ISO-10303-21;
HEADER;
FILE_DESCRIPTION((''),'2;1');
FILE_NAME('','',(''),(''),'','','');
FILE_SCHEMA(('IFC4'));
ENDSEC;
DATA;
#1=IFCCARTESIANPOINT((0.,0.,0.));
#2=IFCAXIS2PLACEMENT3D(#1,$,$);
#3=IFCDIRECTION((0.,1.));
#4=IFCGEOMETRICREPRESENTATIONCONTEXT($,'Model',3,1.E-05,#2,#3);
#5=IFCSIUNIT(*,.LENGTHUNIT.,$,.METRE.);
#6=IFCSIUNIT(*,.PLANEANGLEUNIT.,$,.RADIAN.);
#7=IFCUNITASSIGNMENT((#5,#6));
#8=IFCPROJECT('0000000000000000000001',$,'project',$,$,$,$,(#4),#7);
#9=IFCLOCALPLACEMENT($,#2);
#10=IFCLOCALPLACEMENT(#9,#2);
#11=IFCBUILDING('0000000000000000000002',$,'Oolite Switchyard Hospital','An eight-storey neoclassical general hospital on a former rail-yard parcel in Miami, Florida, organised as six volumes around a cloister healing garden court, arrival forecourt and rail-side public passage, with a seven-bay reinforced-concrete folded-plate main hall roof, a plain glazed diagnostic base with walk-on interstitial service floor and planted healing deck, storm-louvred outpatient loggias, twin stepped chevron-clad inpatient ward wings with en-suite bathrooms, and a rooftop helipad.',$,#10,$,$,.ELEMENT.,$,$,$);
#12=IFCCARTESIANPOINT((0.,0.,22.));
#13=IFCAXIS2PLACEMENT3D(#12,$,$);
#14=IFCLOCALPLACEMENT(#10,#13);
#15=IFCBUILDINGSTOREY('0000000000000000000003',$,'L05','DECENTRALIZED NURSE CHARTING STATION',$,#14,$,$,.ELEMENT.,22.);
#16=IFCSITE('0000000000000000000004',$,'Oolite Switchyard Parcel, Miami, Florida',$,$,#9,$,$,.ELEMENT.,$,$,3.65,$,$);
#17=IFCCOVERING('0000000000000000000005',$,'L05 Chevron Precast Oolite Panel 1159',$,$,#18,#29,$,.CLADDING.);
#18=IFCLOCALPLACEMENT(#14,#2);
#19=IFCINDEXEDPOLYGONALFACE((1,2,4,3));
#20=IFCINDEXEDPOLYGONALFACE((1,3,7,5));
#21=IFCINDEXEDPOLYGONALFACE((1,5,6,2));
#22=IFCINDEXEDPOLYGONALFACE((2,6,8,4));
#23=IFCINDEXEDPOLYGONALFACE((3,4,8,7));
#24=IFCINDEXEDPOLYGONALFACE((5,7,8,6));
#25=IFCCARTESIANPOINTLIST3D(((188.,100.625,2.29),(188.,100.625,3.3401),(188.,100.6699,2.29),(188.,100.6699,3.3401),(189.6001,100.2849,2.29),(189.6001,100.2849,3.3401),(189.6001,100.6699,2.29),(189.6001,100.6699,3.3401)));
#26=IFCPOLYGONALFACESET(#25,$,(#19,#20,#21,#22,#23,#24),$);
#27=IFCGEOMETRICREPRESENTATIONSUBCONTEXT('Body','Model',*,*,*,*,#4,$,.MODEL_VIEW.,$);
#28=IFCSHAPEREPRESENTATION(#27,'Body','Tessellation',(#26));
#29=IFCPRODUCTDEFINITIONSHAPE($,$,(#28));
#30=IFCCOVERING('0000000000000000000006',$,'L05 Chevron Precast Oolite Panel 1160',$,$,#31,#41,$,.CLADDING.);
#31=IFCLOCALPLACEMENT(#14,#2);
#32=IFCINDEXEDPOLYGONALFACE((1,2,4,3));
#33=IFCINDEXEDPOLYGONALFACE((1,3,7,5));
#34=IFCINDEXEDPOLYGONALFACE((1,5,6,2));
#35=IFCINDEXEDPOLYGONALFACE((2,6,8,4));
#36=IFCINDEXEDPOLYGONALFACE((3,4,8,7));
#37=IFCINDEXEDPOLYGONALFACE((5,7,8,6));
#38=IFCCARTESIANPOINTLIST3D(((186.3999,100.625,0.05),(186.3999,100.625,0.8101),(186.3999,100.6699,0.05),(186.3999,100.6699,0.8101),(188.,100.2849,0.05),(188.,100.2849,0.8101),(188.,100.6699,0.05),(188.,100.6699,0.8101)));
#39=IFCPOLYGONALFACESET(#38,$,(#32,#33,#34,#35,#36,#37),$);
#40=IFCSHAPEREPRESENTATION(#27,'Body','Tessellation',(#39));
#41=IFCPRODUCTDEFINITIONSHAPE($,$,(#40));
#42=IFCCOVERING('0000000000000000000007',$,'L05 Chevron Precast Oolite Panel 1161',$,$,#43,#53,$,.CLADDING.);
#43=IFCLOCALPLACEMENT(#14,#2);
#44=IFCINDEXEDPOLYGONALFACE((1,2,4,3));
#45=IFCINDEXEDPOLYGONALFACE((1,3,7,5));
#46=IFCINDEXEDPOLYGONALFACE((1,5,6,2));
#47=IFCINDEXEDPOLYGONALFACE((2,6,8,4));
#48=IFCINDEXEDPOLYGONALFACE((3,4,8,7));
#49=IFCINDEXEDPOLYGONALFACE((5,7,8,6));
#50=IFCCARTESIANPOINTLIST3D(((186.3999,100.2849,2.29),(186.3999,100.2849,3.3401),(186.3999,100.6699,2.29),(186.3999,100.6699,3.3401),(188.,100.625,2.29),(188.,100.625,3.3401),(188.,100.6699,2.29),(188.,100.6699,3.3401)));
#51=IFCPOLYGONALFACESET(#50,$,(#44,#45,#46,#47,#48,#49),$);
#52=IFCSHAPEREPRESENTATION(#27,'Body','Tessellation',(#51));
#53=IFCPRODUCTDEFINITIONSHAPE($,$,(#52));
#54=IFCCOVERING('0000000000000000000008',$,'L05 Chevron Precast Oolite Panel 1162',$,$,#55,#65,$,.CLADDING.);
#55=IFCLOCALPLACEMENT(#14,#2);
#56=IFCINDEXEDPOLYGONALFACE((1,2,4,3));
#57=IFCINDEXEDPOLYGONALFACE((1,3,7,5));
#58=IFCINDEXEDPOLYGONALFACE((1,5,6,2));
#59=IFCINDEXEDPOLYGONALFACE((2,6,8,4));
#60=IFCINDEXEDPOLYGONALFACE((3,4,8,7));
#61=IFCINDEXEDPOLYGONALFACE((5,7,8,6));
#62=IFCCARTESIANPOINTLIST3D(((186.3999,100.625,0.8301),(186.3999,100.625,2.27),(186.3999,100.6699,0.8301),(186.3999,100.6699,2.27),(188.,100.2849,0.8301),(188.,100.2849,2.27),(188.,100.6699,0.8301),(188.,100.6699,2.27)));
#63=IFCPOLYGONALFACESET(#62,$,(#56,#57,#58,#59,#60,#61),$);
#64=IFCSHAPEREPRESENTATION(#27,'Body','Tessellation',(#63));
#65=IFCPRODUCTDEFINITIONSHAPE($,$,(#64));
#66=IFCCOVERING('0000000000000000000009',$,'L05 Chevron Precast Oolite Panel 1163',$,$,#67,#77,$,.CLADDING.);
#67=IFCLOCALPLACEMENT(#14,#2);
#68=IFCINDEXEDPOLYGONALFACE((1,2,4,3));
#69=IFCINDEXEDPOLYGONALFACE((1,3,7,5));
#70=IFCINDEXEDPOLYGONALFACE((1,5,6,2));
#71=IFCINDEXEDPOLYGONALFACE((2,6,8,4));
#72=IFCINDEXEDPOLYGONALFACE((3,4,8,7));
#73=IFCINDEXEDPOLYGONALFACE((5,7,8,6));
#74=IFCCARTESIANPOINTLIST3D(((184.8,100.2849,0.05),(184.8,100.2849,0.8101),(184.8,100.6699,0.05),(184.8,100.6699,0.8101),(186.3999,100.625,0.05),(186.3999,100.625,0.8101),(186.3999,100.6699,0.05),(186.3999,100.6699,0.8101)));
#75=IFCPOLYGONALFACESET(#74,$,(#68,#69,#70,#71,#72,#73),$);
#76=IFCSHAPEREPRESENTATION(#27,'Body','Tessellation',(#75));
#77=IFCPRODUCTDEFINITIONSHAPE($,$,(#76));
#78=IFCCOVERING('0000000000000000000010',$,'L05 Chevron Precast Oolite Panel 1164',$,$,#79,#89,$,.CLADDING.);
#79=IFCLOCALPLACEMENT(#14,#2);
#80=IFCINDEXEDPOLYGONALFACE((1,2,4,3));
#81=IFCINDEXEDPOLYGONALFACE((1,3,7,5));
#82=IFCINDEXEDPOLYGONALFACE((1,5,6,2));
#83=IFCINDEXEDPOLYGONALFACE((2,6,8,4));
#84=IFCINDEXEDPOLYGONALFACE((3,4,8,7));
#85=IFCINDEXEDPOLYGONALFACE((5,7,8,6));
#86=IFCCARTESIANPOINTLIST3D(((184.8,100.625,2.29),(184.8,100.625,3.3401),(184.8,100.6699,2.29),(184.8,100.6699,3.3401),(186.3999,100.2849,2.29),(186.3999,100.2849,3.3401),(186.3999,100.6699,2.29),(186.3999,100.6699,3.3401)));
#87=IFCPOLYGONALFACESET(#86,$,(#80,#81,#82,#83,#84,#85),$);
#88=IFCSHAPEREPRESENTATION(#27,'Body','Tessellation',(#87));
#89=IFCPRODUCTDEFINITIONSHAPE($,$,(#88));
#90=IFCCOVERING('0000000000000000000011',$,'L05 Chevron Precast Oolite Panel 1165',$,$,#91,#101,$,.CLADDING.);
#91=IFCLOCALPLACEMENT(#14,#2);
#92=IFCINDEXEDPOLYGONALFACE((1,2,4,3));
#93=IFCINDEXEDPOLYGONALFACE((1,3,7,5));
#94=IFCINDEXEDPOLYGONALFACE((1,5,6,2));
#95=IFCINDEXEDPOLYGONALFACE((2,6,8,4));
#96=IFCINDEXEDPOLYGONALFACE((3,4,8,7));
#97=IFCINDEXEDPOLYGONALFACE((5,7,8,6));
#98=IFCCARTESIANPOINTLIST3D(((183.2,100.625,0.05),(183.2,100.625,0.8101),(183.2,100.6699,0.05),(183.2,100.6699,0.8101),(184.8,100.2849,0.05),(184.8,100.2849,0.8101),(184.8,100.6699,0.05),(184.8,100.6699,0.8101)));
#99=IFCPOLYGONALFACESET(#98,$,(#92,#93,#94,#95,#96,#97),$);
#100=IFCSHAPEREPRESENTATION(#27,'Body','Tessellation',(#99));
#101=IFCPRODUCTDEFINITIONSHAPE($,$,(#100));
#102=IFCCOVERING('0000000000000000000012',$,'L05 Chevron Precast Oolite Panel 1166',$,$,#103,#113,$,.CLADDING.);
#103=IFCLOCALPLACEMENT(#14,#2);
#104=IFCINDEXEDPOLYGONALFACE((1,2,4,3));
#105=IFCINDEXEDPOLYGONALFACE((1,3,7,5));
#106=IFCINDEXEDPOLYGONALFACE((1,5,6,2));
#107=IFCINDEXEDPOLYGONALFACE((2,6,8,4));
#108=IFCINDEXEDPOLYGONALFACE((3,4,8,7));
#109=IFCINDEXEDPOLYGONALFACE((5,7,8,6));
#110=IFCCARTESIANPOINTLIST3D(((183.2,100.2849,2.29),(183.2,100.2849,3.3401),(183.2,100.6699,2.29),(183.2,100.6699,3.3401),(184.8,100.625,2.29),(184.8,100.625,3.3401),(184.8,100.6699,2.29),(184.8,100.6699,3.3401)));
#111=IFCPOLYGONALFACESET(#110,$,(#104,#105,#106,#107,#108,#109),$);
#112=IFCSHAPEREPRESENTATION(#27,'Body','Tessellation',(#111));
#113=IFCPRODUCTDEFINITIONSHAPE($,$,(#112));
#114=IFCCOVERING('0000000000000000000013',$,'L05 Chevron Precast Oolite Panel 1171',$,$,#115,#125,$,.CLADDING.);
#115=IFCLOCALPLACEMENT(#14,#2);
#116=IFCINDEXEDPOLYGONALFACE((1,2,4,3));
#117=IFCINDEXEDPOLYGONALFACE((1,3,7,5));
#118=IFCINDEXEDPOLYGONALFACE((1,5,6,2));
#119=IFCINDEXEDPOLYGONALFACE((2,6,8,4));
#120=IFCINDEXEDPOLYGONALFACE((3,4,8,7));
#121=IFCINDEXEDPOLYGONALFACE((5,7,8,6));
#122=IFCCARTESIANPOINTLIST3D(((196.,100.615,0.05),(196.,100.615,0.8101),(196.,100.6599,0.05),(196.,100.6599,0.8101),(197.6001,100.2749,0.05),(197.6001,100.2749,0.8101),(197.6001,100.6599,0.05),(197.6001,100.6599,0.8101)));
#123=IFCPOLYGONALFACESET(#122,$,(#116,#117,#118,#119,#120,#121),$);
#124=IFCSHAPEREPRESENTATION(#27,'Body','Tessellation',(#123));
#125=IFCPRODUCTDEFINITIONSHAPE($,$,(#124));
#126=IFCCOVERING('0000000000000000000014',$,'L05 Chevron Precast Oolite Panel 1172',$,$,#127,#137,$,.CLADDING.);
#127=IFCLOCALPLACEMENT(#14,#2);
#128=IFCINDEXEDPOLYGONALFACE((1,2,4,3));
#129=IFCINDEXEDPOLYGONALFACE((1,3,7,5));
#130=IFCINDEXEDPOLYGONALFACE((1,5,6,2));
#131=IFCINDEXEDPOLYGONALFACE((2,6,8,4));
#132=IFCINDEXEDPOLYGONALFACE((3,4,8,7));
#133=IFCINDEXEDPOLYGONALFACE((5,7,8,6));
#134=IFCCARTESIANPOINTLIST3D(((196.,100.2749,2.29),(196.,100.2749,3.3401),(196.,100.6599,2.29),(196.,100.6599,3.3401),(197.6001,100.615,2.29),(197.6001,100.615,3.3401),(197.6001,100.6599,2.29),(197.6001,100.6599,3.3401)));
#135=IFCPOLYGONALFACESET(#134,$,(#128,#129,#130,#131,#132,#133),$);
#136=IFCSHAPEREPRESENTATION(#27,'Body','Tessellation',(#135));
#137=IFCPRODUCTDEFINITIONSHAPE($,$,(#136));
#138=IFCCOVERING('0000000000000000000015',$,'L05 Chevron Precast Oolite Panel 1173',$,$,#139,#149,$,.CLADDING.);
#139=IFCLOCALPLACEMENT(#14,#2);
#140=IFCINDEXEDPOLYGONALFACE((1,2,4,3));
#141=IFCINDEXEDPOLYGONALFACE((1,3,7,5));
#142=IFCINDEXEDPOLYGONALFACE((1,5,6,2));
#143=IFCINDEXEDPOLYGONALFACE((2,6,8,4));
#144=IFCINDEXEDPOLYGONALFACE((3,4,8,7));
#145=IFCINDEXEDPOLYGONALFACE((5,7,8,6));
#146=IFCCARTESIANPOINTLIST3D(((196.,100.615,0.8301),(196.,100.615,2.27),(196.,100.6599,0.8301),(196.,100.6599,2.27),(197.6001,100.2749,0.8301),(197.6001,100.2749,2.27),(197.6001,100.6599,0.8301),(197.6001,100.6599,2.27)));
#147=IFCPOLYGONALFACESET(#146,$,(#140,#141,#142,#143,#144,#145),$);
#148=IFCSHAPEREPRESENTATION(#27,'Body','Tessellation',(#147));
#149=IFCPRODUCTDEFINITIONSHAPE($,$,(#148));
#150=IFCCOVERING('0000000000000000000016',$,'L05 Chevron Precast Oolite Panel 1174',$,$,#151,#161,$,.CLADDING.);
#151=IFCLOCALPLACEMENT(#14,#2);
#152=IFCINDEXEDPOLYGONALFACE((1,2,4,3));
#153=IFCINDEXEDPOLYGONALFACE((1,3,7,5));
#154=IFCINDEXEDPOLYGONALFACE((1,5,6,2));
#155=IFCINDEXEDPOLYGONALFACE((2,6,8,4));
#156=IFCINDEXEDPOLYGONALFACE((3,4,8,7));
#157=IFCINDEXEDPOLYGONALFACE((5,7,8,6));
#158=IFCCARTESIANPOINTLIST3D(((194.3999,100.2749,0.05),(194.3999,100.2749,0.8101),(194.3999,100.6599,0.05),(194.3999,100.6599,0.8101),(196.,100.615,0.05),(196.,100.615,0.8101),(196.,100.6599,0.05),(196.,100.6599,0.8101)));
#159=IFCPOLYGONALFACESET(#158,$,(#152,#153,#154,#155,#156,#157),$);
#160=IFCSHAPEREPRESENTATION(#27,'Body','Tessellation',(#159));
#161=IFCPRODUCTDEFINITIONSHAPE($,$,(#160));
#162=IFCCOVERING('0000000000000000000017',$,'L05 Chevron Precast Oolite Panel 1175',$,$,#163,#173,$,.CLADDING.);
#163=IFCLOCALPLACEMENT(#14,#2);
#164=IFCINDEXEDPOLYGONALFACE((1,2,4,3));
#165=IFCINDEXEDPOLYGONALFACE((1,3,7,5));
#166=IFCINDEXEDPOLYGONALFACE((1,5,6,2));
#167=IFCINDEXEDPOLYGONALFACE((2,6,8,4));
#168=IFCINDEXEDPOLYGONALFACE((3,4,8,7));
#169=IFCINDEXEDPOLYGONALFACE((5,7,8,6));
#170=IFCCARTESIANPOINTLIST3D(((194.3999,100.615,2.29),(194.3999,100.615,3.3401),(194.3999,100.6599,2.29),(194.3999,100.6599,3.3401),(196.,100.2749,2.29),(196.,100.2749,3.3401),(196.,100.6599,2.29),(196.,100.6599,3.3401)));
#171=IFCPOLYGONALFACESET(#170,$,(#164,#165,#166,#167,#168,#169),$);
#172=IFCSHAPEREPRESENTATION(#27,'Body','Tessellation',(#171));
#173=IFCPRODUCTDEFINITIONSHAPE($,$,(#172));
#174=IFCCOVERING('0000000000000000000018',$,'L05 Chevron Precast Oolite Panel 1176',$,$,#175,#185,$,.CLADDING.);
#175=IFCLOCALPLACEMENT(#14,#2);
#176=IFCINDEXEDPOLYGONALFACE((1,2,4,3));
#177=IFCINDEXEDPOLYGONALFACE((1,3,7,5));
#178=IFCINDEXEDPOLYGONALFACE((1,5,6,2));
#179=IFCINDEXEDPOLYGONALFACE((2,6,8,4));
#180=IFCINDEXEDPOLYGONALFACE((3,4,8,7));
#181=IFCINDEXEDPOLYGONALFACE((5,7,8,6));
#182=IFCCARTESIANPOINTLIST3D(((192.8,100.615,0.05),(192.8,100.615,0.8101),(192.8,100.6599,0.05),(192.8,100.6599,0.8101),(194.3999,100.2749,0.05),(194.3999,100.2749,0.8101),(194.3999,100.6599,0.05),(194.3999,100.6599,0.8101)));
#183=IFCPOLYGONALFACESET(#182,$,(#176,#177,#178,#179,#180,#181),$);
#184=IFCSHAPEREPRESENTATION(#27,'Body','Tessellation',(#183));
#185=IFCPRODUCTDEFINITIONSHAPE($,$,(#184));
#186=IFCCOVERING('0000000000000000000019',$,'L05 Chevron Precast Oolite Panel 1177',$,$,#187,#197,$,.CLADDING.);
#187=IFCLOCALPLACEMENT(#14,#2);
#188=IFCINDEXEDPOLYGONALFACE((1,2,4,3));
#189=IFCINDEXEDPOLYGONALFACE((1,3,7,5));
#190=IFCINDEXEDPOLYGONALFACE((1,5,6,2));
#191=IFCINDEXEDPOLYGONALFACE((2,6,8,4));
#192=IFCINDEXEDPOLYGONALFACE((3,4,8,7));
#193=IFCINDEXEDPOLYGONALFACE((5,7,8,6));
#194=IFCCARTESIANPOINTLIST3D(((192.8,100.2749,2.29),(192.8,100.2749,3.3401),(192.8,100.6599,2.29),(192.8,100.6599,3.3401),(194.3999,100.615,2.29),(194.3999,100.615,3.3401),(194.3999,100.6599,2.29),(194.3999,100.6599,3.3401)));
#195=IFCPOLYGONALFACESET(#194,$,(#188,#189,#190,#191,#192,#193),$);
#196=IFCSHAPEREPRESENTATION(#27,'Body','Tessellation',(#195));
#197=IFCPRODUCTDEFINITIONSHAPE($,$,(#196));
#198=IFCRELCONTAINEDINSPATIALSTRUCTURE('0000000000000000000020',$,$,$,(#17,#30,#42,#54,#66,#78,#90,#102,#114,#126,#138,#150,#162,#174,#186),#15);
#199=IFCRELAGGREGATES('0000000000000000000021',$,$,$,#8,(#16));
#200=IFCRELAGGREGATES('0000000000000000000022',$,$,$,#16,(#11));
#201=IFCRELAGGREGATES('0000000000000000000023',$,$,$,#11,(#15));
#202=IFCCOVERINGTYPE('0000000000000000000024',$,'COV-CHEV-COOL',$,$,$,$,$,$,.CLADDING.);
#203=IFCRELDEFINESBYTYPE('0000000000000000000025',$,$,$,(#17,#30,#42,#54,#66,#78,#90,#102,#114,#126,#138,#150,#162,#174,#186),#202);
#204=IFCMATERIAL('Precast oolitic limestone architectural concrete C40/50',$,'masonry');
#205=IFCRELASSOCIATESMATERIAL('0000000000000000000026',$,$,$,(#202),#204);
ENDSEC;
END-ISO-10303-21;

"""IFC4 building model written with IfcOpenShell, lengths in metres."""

from ifc_helpers import new_model, si_unit, direction, frame, origin, place, context, subcontext, project, spatial, polyline, outline, extrude, material, type_object, element, save


model = new_model("IFC4")

# Units and contexts
model_context = context("Model", 3, precision=1e-05, world=origin(), true_north=direction((0.0, 1.0)))
body_context = subcontext(model_context, "Body", "Model", "MODEL_VIEW")
ifc_project = project(units=[si_unit("LENGTHUNIT", "METRE"), si_unit("PLANEANGLEUNIT", "RADIAN")], contexts=[model_context])

# Site, building, storey
site_placement = place(None, origin())
site = spatial("IfcSite", under=ifc_project, at=site_placement, Name="Oolite Switchyard Parcel, Miami, Florida", CompositionType="ELEMENT", RefElevation=3.65)
building_placement = place(site_placement, origin())
building = spatial("IfcBuilding", under=site, at=building_placement, Name="Oolite Switchyard Hospital", Description="An eight-storey neoclassical general hospital on a former rail-yard parcel in Miami, Florida, organised as six volumes around a cloister healing garden court, arrival forecourt and rail-side public passage, with a seven-bay reinforced-concrete folded-plate main hall roof, a plain glazed diagnostic base with walk-on interstitial service floor and planted healing deck, storm-louvred outpatient loggias, twin stepped chevron-clad inpatient ward wings with en-suite bathrooms, and a rooftop helipad.", CompositionType="ELEMENT")
storey_placement = place(building_placement, frame((0.0, 0.0, 22.0)))
storey = spatial("IfcBuildingStorey", under=building, at=storey_placement, Name="L05", Description="DECENTRALIZED NURSE CHARTING STATION", CompositionType="ELEMENT", Elevation=22.0)

# Shared definitions
ifc_material_1 = material(Name="Precast oolitic limestone architectural concrete C40/50", Category="masonry")

# Coverings
covering_type = type_object("IfcCoveringType", Name="COV-CHEV-COOL", PredefinedType="CLADDING", material=ifc_material_1)
covering_1_placement = place(storey_placement, frame((189.6001, 100.6699, 2.29), z_axis=(0.0, 0.0, 1.0), x_axis=(-1.0, 0.0, 0.0)))
element("IfcCovering", 1, at=covering_1_placement, inside=storey, type_object=covering_type, Name="L05 Chevron Precast Oolite Panel 1159", PredefinedType="CLADDING", context=body_context, shape_type="SweptSolid", body=[
    extrude(outline(polyline([(0.0, 0.0), (1.6001, 0.0), (1.6001, 0.0449), (0.0, 0.385), (0.0, 0.0)])), origin(), (0.0, 0.0, 1.0), 1.05),
])
covering_2_placement = place(storey_placement, frame((188.0, 100.6699, 0.05), z_axis=(0.0, 0.0, 1.0), x_axis=(-1.0, 0.0, 0.0)))
element("IfcCovering", 2, at=covering_2_placement, inside=storey, type_object=covering_type, Name="L05 Chevron Precast Oolite Panel 1160", PredefinedType="CLADDING", context=body_context, shape_type="SweptSolid", body=[
    extrude(outline(polyline([(0.0, 0.0), (1.6001, 0.0), (1.6001, 0.0449), (0.0, 0.385), (0.0, 0.0)])), origin(), (0.0, 0.0, 1.0), 0.76),
])
covering_3_placement = place(storey_placement, frame((188.0, 100.6699, 2.29), z_axis=(0.0, 0.0, 1.0), x_axis=(-1.0, 0.0, 0.0)))
element("IfcCovering", 3, at=covering_3_placement, inside=storey, type_object=covering_type, Name="L05 Chevron Precast Oolite Panel 1161", PredefinedType="CLADDING", context=body_context, shape_type="SweptSolid", body=[
    extrude(outline(polyline([(0.0, 0.0), (1.6001, 0.0), (1.6001, 0.385), (0.0, 0.0449), (0.0, 0.0)])), origin(), (0.0, 0.0, 1.0), 1.05),
])
covering_4_placement = place(storey_placement, frame((188.0, 100.6699, 0.8301), z_axis=(0.0, 0.0, 1.0), x_axis=(-1.0, 0.0, 0.0)))
element("IfcCovering", 4, at=covering_4_placement, inside=storey, type_object=covering_type, Name="L05 Chevron Precast Oolite Panel 1162", PredefinedType="CLADDING", context=body_context, shape_type="SweptSolid", body=[
    extrude(outline(polyline([(0.0, 0.0), (1.6001, 0.0), (1.6001, 0.0449), (0.0, 0.385), (0.0, 0.0)])), origin(), (0.0, 0.0, 1.0), 1.4399),
])
covering_5_placement = place(storey_placement, frame((186.3999, 100.6699, 0.05), z_axis=(0.0, 0.0, 1.0), x_axis=(-1.0, 0.0, 0.0)))
element("IfcCovering", 5, at=covering_5_placement, inside=storey, type_object=covering_type, Name="L05 Chevron Precast Oolite Panel 1163", PredefinedType="CLADDING", context=body_context, shape_type="SweptSolid", body=[
    extrude(outline(polyline([(0.0, 0.0), (1.5999, 0.0), (1.5999, 0.385), (0.0, 0.0449), (0.0, 0.0)])), origin(), (0.0, 0.0, 1.0), 0.76),
])
covering_6_placement = place(storey_placement, frame((186.3999, 100.6699, 2.29), z_axis=(0.0, 0.0, 1.0), x_axis=(-1.0, 0.0, 0.0)))
element("IfcCovering", 6, at=covering_6_placement, inside=storey, type_object=covering_type, Name="L05 Chevron Precast Oolite Panel 1164", PredefinedType="CLADDING", context=body_context, shape_type="SweptSolid", body=[
    extrude(outline(polyline([(0.0, 0.0), (1.5999, 0.0), (1.5999, 0.0449), (0.0, 0.385), (0.0, 0.0)])), origin(), (0.0, 0.0, 1.0), 1.05),
])
covering_7_placement = place(storey_placement, frame((184.8, 100.6699, 0.05), z_axis=(0.0, 0.0, 1.0), x_axis=(-1.0, 0.0, 0.0)))
element("IfcCovering", 7, at=covering_7_placement, inside=storey, type_object=covering_type, Name="L05 Chevron Precast Oolite Panel 1165", PredefinedType="CLADDING", context=body_context, shape_type="SweptSolid", body=[
    extrude(outline(polyline([(0.0, 0.0), (1.6001, 0.0), (1.6001, 0.0449), (0.0, 0.385), (0.0, 0.0)])), origin(), (0.0, 0.0, 1.0), 0.76),
])
covering_8_placement = place(storey_placement, frame((184.8, 100.6699, 2.29), z_axis=(0.0, 0.0, 1.0), x_axis=(-1.0, 0.0, 0.0)))
element("IfcCovering", 8, at=covering_8_placement, inside=storey, type_object=covering_type, Name="L05 Chevron Precast Oolite Panel 1166", PredefinedType="CLADDING", context=body_context, shape_type="SweptSolid", body=[
    extrude(outline(polyline([(0.0, 0.0), (1.6001, 0.0), (1.6001, 0.385), (0.0, 0.0449), (0.0, 0.0)])), origin(), (0.0, 0.0, 1.0), 1.05),
])
covering_9_placement = place(storey_placement, frame((197.6001, 100.6599, 0.05), z_axis=(0.0, 0.0, 1.0), x_axis=(-1.0, 0.0, 0.0)))
element("IfcCovering", 9, at=covering_9_placement, inside=storey, type_object=covering_type, Name="L05 Chevron Precast Oolite Panel 1171", PredefinedType="CLADDING", context=body_context, shape_type="SweptSolid", body=[
    extrude(outline(polyline([(0.0, 0.0), (1.6001, 0.0), (1.6001, 0.0449), (0.0, 0.385), (0.0, 0.0)])), origin(), (0.0, 0.0, 1.0), 0.76),
])
covering_10_placement = place(storey_placement, frame((197.6001, 100.6599, 2.29), z_axis=(0.0, 0.0, 1.0), x_axis=(-1.0, 0.0, 0.0)))
element("IfcCovering", 10, at=covering_10_placement, inside=storey, type_object=covering_type, Name="L05 Chevron Precast Oolite Panel 1172", PredefinedType="CLADDING", context=body_context, shape_type="SweptSolid", body=[
    extrude(outline(polyline([(0.0, 0.0), (1.6001, 0.0), (1.6001, 0.385), (0.0, 0.0449), (0.0, 0.0)])), origin(), (0.0, 0.0, 1.0), 1.05),
])
covering_11_placement = place(storey_placement, frame((197.6001, 100.6599, 0.8301), z_axis=(0.0, 0.0, 1.0), x_axis=(-1.0, 0.0, 0.0)))
element("IfcCovering", 11, at=covering_11_placement, inside=storey, type_object=covering_type, Name="L05 Chevron Precast Oolite Panel 1173", PredefinedType="CLADDING", context=body_context, shape_type="SweptSolid", body=[
    extrude(outline(polyline([(0.0, 0.0), (1.6001, 0.0), (1.6001, 0.0449), (0.0, 0.385), (0.0, 0.0)])), origin(), (0.0, 0.0, 1.0), 1.4399),
])
covering_12_placement = place(storey_placement, frame((196.0, 100.6599, 0.05), z_axis=(0.0, 0.0, 1.0), x_axis=(-1.0, 0.0, 0.0)))
element("IfcCovering", 12, at=covering_12_placement, inside=storey, type_object=covering_type, Name="L05 Chevron Precast Oolite Panel 1174", PredefinedType="CLADDING", context=body_context, shape_type="SweptSolid", body=[
    extrude(outline(polyline([(0.0, 0.0), (1.6001, 0.0), (1.6001, 0.385), (0.0, 0.0449), (0.0, 0.0)])), origin(), (0.0, 0.0, 1.0), 0.76),
])
covering_13_placement = place(storey_placement, frame((196.0, 100.6599, 2.29), z_axis=(0.0, 0.0, 1.0), x_axis=(-1.0, 0.0, 0.0)))
element("IfcCovering", 13, at=covering_13_placement, inside=storey, type_object=covering_type, Name="L05 Chevron Precast Oolite Panel 1175", PredefinedType="CLADDING", context=body_context, shape_type="SweptSolid", body=[
    extrude(outline(polyline([(0.0, 0.0), (1.6001, 0.0), (1.6001, 0.0449), (0.0, 0.385), (0.0, 0.0)])), origin(), (0.0, 0.0, 1.0), 1.05),
])
covering_14_placement = place(storey_placement, frame((194.3999, 100.6599, 0.05), z_axis=(0.0, 0.0, 1.0), x_axis=(-1.0, 0.0, 0.0)))
element("IfcCovering", 14, at=covering_14_placement, inside=storey, type_object=covering_type, Name="L05 Chevron Precast Oolite Panel 1176", PredefinedType="CLADDING", context=body_context, shape_type="SweptSolid", body=[
    extrude(outline(polyline([(0.0, 0.0), (1.5999, 0.0), (1.5999, 0.0449), (0.0, 0.385), (0.0, 0.0)])), origin(), (0.0, 0.0, 1.0), 0.76),
])
covering_15_placement = place(storey_placement, frame((194.3999, 100.6599, 2.29), z_axis=(0.0, 0.0, 1.0), x_axis=(-1.0, 0.0, 0.0)))
element("IfcCovering", 15, at=covering_15_placement, inside=storey, type_object=covering_type, Name="L05 Chevron Precast Oolite Panel 1177", PredefinedType="CLADDING", context=body_context, shape_type="SweptSolid", body=[
    extrude(outline(polyline([(0.0, 0.0), (1.5999, 0.0), (1.5999, 0.385), (0.0, 0.0449), (0.0, 0.0)])), origin(), (0.0, 0.0, 1.0), 1.05),
])

save(model, "model.ifc")
